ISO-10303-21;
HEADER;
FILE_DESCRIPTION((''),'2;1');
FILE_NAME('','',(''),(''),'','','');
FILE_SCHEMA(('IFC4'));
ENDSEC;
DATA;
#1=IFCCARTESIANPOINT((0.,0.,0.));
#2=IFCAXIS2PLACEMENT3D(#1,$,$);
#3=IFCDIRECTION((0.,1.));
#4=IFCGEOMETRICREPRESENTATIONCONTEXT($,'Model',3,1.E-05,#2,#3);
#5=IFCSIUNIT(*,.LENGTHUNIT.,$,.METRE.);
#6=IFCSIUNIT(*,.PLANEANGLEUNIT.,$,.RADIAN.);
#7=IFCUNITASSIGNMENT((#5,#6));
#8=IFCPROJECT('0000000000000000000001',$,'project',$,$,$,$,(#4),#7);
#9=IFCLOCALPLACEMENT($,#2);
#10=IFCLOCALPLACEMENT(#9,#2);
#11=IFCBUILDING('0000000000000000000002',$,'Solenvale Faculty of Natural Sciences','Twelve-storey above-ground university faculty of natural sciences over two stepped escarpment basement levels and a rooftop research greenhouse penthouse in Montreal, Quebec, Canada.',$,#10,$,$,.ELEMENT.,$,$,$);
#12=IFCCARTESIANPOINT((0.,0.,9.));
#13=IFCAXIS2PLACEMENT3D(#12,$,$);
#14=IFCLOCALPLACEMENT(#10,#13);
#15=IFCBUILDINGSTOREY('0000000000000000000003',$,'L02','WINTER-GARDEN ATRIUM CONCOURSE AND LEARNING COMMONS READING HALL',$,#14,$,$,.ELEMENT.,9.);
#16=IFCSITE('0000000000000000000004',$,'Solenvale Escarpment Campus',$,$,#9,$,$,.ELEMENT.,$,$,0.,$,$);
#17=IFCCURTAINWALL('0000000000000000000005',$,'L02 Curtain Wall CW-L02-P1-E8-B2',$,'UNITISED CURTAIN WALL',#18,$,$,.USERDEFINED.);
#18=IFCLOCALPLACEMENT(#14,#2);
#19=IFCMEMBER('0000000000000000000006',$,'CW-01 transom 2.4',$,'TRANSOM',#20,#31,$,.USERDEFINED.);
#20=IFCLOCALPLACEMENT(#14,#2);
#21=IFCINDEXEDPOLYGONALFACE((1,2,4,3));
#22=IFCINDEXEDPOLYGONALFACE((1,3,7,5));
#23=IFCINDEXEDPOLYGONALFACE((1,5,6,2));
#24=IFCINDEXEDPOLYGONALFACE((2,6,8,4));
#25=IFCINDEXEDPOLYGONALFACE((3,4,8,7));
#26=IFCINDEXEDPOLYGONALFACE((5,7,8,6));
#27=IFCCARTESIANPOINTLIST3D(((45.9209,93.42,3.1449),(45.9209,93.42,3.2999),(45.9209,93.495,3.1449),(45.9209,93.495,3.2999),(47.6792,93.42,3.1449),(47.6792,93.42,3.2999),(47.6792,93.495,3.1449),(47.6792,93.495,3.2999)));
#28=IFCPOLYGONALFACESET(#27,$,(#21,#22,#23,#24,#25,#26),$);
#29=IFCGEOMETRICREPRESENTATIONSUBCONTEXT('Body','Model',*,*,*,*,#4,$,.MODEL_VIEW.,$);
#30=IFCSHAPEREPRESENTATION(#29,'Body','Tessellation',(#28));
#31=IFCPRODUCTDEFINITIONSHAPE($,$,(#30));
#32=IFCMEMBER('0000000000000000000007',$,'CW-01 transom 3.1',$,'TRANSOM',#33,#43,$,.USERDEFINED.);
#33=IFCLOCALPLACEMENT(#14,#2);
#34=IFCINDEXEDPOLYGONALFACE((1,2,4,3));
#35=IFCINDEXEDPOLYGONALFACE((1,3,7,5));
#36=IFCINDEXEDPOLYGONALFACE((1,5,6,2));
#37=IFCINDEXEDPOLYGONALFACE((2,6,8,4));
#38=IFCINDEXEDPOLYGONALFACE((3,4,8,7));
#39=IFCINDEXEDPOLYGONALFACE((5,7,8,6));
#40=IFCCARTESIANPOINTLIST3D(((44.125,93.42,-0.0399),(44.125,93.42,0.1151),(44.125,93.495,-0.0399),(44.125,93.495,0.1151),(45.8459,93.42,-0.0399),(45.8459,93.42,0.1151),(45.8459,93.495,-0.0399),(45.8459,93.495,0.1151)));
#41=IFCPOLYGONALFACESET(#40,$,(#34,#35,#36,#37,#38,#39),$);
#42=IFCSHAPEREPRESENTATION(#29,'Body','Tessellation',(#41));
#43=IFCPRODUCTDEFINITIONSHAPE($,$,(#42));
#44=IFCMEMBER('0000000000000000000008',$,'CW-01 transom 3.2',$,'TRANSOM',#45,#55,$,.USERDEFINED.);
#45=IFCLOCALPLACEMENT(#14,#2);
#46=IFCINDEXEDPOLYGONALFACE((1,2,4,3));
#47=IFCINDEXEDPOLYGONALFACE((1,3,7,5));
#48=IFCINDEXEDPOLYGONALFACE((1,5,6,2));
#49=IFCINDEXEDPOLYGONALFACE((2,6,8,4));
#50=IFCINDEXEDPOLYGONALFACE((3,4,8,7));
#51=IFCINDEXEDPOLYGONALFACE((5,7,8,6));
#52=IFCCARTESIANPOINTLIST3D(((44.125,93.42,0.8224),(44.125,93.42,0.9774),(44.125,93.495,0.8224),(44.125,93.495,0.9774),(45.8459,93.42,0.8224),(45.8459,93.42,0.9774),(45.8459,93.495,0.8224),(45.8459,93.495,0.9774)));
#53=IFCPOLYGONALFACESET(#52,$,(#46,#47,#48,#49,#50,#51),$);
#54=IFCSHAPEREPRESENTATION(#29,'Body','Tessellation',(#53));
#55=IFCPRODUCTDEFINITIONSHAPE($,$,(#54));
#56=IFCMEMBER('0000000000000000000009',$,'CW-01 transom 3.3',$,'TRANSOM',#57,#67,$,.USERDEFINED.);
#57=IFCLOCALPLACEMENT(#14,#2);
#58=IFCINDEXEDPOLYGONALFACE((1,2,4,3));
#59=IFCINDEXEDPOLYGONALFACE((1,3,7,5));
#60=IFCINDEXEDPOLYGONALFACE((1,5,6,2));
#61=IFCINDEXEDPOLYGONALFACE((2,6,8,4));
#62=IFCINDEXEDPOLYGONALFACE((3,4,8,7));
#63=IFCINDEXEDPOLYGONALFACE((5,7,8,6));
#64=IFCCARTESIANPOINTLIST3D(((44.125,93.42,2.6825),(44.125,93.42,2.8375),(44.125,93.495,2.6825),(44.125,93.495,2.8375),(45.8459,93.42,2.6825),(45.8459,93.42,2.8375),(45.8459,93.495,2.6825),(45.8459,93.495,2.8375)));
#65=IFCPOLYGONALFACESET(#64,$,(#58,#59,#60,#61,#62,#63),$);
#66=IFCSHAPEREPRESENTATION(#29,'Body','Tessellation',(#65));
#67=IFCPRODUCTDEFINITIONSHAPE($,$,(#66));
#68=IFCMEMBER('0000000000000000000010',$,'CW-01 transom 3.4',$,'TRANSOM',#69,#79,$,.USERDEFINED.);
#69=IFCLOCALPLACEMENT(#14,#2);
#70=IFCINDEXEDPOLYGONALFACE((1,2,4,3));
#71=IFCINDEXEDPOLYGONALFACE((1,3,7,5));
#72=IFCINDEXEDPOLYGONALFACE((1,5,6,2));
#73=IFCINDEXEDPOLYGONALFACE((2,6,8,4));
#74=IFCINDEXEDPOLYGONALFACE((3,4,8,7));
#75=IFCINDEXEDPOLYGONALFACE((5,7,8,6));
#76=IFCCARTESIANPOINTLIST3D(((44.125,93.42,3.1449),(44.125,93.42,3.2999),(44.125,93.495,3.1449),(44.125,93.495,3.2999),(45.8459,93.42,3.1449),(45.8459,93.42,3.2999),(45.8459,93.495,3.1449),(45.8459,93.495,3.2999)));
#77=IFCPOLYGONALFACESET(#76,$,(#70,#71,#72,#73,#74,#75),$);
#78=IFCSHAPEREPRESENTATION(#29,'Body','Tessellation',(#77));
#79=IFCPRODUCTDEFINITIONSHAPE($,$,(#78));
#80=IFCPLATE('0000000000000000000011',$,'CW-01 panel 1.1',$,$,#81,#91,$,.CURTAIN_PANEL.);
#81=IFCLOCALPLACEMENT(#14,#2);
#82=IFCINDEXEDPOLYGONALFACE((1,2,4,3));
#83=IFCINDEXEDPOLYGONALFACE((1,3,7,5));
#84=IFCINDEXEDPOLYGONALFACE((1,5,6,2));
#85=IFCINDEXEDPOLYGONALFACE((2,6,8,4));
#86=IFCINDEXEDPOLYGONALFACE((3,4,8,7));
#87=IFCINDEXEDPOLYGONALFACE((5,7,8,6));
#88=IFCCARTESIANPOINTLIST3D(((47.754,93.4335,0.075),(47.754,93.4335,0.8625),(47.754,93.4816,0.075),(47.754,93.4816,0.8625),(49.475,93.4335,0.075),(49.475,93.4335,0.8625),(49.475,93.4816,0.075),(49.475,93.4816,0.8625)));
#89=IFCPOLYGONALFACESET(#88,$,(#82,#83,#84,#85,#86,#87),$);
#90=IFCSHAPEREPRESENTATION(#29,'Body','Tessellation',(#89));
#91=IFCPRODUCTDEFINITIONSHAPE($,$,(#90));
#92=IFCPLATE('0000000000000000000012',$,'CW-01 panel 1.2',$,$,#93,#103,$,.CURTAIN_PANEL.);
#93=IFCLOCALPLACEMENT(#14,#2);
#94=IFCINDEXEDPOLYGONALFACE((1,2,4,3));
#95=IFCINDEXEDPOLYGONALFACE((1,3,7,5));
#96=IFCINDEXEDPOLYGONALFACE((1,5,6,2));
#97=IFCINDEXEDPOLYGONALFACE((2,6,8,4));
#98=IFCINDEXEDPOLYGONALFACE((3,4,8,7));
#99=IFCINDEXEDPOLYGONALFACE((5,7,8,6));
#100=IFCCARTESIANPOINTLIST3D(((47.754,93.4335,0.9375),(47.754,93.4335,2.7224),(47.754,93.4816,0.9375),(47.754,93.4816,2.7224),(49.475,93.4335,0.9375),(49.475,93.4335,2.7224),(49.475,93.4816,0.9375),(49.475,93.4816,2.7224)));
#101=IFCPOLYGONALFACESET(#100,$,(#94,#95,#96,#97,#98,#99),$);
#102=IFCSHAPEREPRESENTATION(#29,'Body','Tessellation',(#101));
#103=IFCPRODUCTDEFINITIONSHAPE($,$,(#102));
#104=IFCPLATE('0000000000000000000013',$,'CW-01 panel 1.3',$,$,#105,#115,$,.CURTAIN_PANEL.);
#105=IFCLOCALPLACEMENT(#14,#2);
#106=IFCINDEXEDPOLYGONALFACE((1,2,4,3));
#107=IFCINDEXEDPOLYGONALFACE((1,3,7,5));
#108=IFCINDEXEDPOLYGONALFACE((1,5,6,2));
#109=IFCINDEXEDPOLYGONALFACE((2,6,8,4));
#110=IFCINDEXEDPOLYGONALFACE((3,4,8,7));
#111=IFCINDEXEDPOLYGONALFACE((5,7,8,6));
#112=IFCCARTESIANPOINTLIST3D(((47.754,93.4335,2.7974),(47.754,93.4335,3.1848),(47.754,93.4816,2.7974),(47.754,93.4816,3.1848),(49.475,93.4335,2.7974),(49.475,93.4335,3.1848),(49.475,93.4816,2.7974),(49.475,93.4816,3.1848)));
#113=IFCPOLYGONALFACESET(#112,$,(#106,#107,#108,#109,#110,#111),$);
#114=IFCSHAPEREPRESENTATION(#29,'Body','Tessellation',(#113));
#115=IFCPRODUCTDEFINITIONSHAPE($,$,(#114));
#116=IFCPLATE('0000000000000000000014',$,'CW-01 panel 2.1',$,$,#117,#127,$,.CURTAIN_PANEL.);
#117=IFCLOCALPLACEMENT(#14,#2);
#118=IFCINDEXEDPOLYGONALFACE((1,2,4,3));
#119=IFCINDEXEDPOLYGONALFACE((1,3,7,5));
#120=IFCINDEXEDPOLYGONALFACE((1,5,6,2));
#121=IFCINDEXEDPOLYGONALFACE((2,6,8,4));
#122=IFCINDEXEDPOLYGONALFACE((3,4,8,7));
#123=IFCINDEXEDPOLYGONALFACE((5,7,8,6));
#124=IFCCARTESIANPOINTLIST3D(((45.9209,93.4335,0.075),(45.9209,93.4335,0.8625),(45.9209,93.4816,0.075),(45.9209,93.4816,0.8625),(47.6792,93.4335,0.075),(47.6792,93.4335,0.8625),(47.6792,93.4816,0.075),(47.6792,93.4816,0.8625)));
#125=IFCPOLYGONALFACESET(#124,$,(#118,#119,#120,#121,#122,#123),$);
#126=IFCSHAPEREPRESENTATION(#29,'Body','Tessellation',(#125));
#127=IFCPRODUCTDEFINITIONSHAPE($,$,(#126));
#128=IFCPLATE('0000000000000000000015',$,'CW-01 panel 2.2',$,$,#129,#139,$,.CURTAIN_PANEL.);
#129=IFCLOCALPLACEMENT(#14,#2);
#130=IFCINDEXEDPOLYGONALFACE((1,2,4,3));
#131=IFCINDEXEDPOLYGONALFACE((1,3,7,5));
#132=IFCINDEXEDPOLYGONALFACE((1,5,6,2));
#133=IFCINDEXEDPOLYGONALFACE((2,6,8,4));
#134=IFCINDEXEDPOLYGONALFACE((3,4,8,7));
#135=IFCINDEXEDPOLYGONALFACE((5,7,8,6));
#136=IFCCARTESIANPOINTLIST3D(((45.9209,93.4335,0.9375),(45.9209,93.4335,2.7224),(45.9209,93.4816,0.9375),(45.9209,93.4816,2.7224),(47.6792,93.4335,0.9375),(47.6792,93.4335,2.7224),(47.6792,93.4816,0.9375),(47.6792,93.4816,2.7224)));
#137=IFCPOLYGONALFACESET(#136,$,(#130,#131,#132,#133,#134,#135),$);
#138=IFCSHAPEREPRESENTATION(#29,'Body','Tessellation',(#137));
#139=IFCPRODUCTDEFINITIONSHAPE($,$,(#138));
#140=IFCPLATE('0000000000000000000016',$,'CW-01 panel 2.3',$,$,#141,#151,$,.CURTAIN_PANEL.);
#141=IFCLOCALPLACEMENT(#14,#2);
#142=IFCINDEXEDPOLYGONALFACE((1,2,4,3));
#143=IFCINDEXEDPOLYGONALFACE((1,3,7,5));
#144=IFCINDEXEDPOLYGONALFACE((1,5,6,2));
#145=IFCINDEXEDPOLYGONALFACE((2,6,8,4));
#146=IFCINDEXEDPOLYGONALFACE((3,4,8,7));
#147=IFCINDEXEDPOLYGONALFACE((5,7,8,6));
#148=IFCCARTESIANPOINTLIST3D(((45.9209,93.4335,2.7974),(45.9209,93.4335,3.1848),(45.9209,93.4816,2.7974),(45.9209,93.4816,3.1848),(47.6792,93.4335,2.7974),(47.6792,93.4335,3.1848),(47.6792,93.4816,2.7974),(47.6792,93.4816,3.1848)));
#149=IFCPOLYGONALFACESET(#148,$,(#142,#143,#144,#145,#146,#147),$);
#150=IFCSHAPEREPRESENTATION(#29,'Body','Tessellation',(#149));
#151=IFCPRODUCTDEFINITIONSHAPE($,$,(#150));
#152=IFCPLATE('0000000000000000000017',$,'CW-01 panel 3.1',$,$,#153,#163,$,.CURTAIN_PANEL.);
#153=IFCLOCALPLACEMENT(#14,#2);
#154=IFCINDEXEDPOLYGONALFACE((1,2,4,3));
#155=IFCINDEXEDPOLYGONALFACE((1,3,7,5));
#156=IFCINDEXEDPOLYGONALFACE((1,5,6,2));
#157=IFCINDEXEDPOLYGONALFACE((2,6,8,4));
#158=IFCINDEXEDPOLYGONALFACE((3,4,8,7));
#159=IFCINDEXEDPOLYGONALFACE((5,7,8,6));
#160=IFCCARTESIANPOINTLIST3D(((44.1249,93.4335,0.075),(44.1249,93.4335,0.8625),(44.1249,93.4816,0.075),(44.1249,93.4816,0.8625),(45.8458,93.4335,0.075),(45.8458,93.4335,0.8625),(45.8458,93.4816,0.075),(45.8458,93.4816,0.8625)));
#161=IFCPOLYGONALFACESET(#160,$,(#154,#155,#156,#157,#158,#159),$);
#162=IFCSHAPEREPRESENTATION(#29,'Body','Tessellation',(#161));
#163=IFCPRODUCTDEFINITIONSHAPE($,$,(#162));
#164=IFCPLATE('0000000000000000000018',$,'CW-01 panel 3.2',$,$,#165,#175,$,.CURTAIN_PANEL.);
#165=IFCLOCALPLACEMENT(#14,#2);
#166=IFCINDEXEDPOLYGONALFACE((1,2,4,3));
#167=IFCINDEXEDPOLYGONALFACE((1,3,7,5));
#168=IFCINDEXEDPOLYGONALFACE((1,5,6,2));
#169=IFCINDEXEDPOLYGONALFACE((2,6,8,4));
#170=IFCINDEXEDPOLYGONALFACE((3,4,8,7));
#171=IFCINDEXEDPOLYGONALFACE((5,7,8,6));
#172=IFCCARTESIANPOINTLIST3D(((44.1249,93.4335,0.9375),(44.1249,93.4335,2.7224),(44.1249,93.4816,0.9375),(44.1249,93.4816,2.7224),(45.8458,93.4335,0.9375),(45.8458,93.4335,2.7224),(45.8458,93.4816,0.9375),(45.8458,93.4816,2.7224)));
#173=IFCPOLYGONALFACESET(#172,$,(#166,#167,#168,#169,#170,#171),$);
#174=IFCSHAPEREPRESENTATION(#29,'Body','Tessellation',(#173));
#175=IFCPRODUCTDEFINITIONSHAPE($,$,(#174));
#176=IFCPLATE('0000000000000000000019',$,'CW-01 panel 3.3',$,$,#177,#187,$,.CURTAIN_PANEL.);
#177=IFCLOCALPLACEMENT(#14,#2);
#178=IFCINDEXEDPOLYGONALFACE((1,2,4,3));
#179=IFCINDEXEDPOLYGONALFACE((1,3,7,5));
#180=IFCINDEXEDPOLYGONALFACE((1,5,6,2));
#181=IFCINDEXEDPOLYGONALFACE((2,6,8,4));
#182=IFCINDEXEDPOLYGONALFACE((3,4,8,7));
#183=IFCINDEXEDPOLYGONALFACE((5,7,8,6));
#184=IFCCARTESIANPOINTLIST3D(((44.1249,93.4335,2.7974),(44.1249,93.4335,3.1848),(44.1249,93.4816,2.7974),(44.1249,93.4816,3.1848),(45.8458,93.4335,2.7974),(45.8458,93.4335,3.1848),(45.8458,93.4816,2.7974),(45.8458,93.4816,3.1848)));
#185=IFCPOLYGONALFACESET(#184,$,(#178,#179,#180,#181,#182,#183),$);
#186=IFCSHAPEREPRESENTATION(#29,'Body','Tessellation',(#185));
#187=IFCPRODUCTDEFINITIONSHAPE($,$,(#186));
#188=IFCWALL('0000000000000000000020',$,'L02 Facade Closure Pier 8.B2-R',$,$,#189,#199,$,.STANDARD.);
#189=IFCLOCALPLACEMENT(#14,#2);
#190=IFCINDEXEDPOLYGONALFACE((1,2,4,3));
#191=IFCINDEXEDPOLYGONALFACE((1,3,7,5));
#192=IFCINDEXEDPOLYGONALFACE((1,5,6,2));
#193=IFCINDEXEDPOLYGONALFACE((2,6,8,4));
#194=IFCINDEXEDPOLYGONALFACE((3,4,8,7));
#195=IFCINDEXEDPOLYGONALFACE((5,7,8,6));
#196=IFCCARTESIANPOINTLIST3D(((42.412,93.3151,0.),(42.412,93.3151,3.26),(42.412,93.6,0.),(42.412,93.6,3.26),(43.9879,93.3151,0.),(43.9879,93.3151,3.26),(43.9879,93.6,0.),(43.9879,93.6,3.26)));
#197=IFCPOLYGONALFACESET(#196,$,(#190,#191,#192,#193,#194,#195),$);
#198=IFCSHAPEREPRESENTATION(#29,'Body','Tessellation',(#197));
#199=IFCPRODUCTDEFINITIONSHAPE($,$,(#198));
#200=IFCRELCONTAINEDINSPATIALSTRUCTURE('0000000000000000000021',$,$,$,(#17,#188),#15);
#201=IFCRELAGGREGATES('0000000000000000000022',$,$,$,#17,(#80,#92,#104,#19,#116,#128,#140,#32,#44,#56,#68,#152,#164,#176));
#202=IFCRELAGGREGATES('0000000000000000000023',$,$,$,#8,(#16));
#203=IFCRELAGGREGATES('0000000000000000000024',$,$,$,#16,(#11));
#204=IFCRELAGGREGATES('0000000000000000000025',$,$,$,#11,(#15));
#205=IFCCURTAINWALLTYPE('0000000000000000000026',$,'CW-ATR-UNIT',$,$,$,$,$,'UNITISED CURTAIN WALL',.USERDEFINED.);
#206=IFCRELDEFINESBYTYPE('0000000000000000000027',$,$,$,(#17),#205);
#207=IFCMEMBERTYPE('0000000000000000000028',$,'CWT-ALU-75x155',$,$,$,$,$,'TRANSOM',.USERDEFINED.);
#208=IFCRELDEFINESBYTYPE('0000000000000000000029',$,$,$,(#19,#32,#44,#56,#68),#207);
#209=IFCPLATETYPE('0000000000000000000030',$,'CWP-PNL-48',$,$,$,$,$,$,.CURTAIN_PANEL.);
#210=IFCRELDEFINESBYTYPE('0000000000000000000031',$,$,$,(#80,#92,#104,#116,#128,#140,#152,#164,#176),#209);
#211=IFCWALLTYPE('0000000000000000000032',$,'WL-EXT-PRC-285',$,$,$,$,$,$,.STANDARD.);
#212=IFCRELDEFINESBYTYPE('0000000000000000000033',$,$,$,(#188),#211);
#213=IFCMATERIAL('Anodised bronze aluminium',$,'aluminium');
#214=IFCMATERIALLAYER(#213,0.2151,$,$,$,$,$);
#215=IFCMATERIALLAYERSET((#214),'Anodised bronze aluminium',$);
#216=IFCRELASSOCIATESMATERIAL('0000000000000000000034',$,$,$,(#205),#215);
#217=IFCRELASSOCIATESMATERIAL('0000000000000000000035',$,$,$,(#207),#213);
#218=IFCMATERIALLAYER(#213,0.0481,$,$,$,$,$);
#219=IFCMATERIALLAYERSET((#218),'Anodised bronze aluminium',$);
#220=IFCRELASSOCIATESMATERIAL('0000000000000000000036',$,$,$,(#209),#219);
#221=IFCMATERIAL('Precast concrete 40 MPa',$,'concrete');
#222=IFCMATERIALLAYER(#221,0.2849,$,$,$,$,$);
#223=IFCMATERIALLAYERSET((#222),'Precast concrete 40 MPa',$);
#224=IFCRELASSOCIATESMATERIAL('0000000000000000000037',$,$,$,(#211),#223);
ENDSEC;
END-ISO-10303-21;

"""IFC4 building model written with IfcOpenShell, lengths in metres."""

from ifc_helpers import new_model, si_unit, direction, frame, frame_2d, origin, origin_2d, place, context, subcontext, project, spatial, rectangle, extrude, material, layer, layer_set, material_profile, profile_set, type_object, element, aggregate, save


model = new_model("IFC4")

# Units and contexts
model_context = context("Model", 3, precision=1e-05, world=origin(), true_north=direction((0.0, 1.0)))
body_context = subcontext(model_context, "Body", "Model", "MODEL_VIEW")
ifc_project = project(units=[si_unit("LENGTHUNIT", "METRE"), si_unit("PLANEANGLEUNIT", "RADIAN")], contexts=[model_context])

# Site, building, storey
site_placement = place(None, origin())
site = spatial("IfcSite", under=ifc_project, at=site_placement, Name="Solenvale Escarpment Campus", CompositionType="ELEMENT", RefElevation=0.0)
building_placement = place(site_placement, origin())
building = spatial("IfcBuilding", under=site, at=building_placement, Name="Solenvale Faculty of Natural Sciences", Description="Twelve-storey above-ground university faculty of natural sciences over two stepped escarpment basement levels and a rooftop research greenhouse penthouse in Montreal, Quebec, Canada.", CompositionType="ELEMENT")
storey_placement = place(building_placement, frame((0.0, 0.0, 9.0)))
storey = spatial("IfcBuildingStorey", under=building, at=storey_placement, Name="L02", Description="WINTER-GARDEN ATRIUM CONCOURSE AND LEARNING COMMONS READING HALL", CompositionType="ELEMENT", Elevation=9.0)

# Curtain wall
ifc_material_1 = material(Name="Anodised bronze aluminium", Category="aluminium")
ifc_layer_1 = layer(ifc_material_1, 0.2151)
ifc_layer_set_1 = layer_set([ifc_layer_1], Name="Anodised bronze aluminium")
curtain_wall_type = type_object("IfcCurtainWallType", Name="CW-ATR-UNIT", ElementType="UNITISED CURTAIN WALL", PredefinedType="USERDEFINED", material=ifc_layer_set_1)
curtain_wall_1_placement = place(storey_placement, origin())
curtain_wall_1 = element("IfcCurtainWall", 1, at=curtain_wall_1_placement, inside=storey, type_object=curtain_wall_type, Name="L02 Curtain Wall CW-L02-P1-E8-B2", ObjectType="UNITISED CURTAIN WALL", PredefinedType="USERDEFINED")

# Members
ifc_material_profile_1 = material_profile(ifc_material_1, rectangle(XDim=0.075, YDim=0.155, at=origin_2d()), Name="ALU-TRN-75x155")
ifc_profile_set_1 = profile_set([ifc_material_profile_1], Name="Anodised bronze aluminium")
member_type_1 = type_object("IfcMemberType", Name="CWT-ALU-75x155", ElementType="TRANSOM", PredefinedType="USERDEFINED", material=ifc_profile_set_1)
member_1_placement = place(storey_placement, frame((47.6792, 93.4575, 3.2224), z_axis=(-1.0, 0.0, 0.0), x_axis=(0.0, -1.0, 0.0)))
member_1 = element("IfcMember", 2, at=member_1_placement, type_object=member_type_1, Name="CW-01 transom 2.4", ObjectType="TRANSOM", PredefinedType="USERDEFINED", context=body_context, shape_type="SweptSolid", body=[
    extrude(rectangle(XDim=0.075, YDim=0.155, at=origin_2d()), origin(), (0.0, 0.0, 1.0), 1.7583),
])
member_2_placement = place(storey_placement, frame((45.8459, 93.4575, 0.0376), z_axis=(-1.0, 0.0, 0.0), x_axis=(0.0, -1.0, 0.0)))
member_2 = element("IfcMember", 3, at=member_2_placement, type_object=member_type_1, Name="CW-01 transom 3.1", ObjectType="TRANSOM", PredefinedType="USERDEFINED", context=body_context, shape_type="SweptSolid", body=[
    extrude(rectangle(XDim=0.075, YDim=0.155, at=origin_2d()), origin(), (0.0, 0.0, 1.0), 1.7209),
])
member_3_placement = place(storey_placement, frame((45.8459, 93.4575, 0.8999), z_axis=(-1.0, 0.0, 0.0), x_axis=(0.0, -1.0, 0.0)))
member_3 = element("IfcMember", 4, at=member_3_placement, type_object=member_type_1, Name="CW-01 transom 3.2", ObjectType="TRANSOM", PredefinedType="USERDEFINED", context=body_context, shape_type="SweptSolid", body=[
    extrude(rectangle(XDim=0.075, YDim=0.155, at=origin_2d()), origin(), (0.0, 0.0, 1.0), 1.7209),
])
member_4_placement = place(storey_placement, frame((45.8459, 93.4575, 2.76), z_axis=(-1.0, 0.0, 0.0), x_axis=(0.0, -1.0, 0.0)))
member_4 = element("IfcMember", 5, at=member_4_placement, type_object=member_type_1, Name="CW-01 transom 3.3", ObjectType="TRANSOM", PredefinedType="USERDEFINED", context=body_context, shape_type="SweptSolid", body=[
    extrude(rectangle(XDim=0.075, YDim=0.155, at=origin_2d()), origin(), (0.0, 0.0, 1.0), 1.7209),
])
member_5_placement = place(storey_placement, frame((45.8459, 93.4575, 3.2224), z_axis=(-1.0, 0.0, 0.0), x_axis=(0.0, -1.0, 0.0)))
member_5 = element("IfcMember", 6, at=member_5_placement, type_object=member_type_1, Name="CW-01 transom 3.4", ObjectType="TRANSOM", PredefinedType="USERDEFINED", context=body_context, shape_type="SweptSolid", body=[
    extrude(rectangle(XDim=0.075, YDim=0.155, at=origin_2d()), origin(), (0.0, 0.0, 1.0), 1.7209),
])

# Plates
ifc_layer_2 = layer(ifc_material_1, 0.0481)
ifc_layer_set_2 = layer_set([ifc_layer_2], Name="Anodised bronze aluminium")
plate_type = type_object("IfcPlateType", Name="CWP-PNL-48", PredefinedType="CURTAIN_PANEL", material=ifc_layer_set_2)
plate_1_placement = place(storey_placement, frame((48.6145, 93.4575, 0.075), z_axis=(0.0, 0.0, 1.0), x_axis=(-1.0, 0.0, 0.0)))
plate_1 = element("IfcPlate", 7, at=plate_1_placement, type_object=plate_type, Name="CW-01 panel 1.1", PredefinedType="CURTAIN_PANEL", context=body_context, shape_type="SweptSolid", body=[
    extrude(rectangle(XDim=1.7209, YDim=0.0481, at=origin_2d()), origin(), (0.0, 0.0, 1.0), 0.7876),
])
plate_2_placement = place(storey_placement, frame((48.6145, 93.4575, 0.9375), z_axis=(0.0, 0.0, 1.0), x_axis=(-1.0, 0.0, 0.0)))
plate_2 = element("IfcPlate", 8, at=plate_2_placement, type_object=plate_type, Name="CW-01 panel 1.2", PredefinedType="CURTAIN_PANEL", context=body_context, shape_type="SweptSolid", body=[
    extrude(rectangle(XDim=1.7209, YDim=0.0481, at=origin_2d()), origin(), (0.0, 0.0, 1.0), 1.7849),
])
plate_3_placement = place(storey_placement, frame((48.6145, 93.4575, 2.7974), z_axis=(0.0, 0.0, 1.0), x_axis=(-1.0, 0.0, 0.0)))
plate_3 = element("IfcPlate", 9, at=plate_3_placement, type_object=plate_type, Name="CW-01 panel 1.3", PredefinedType="CURTAIN_PANEL", context=body_context, shape_type="SweptSolid", body=[
    extrude(rectangle(XDim=1.7209, YDim=0.0481, at=origin_2d()), origin(), (0.0, 0.0, 1.0), 0.3875),
])
plate_4_placement = place(storey_placement, frame((46.8, 93.4575, 0.075), z_axis=(0.0, 0.0, 1.0), x_axis=(-1.0, 0.0, 0.0)))
plate_4 = element("IfcPlate", 10, at=plate_4_placement, type_object=plate_type, Name="CW-01 panel 2.1", PredefinedType="CURTAIN_PANEL", context=body_context, shape_type="SweptSolid", body=[
    extrude(rectangle(XDim=1.7583, YDim=0.0481, at=origin_2d()), origin(), (0.0, 0.0, 1.0), 0.7876),
])
plate_5_placement = place(storey_placement, frame((46.8, 93.4575, 0.9375), z_axis=(0.0, 0.0, 1.0), x_axis=(-1.0, 0.0, 0.0)))
plate_5 = element("IfcPlate", 11, at=plate_5_placement, type_object=plate_type, Name="CW-01 panel 2.2", PredefinedType="CURTAIN_PANEL", context=body_context, shape_type="SweptSolid", body=[
    extrude(rectangle(XDim=1.7583, YDim=0.0481, at=origin_2d()), origin(), (0.0, 0.0, 1.0), 1.7849),
])
plate_6_placement = place(storey_placement, frame((46.8, 93.4575, 2.7974), z_axis=(0.0, 0.0, 1.0), x_axis=(-1.0, 0.0, 0.0)))
plate_6 = element("IfcPlate", 12, at=plate_6_placement, type_object=plate_type, Name="CW-01 panel 2.3", PredefinedType="CURTAIN_PANEL", context=body_context, shape_type="SweptSolid", body=[
    extrude(rectangle(XDim=1.7583, YDim=0.0481, at=origin_2d()), origin(), (0.0, 0.0, 1.0), 0.3875),
])
plate_7_placement = place(storey_placement, frame((44.9854, 93.4575, 0.075), z_axis=(0.0, 0.0, 1.0), x_axis=(-1.0, 0.0, 0.0)))
plate_7 = element("IfcPlate", 13, at=plate_7_placement, type_object=plate_type, Name="CW-01 panel 3.1", PredefinedType="CURTAIN_PANEL", context=body_context, shape_type="SweptSolid", body=[
    extrude(rectangle(XDim=1.7209, YDim=0.0481, at=origin_2d()), origin(), (0.0, 0.0, 1.0), 0.7876),
])
plate_8_placement = place(storey_placement, frame((44.9854, 93.4575, 0.9375), z_axis=(0.0, 0.0, 1.0), x_axis=(-1.0, 0.0, 0.0)))
plate_8 = element("IfcPlate", 14, at=plate_8_placement, type_object=plate_type, Name="CW-01 panel 3.2", PredefinedType="CURTAIN_PANEL", context=body_context, shape_type="SweptSolid", body=[
    extrude(rectangle(XDim=1.7209, YDim=0.0481, at=origin_2d()), origin(), (0.0, 0.0, 1.0), 1.7849),
])
plate_9_placement = place(storey_placement, frame((44.9854, 93.4575, 2.7974), z_axis=(0.0, 0.0, 1.0), x_axis=(-1.0, 0.0, 0.0)))
plate_9 = element("IfcPlate", 15, at=plate_9_placement, type_object=plate_type, Name="CW-01 panel 3.3", PredefinedType="CURTAIN_PANEL", context=body_context, shape_type="SweptSolid", body=[
    extrude(rectangle(XDim=1.7209, YDim=0.0481, at=origin_2d()), origin(), (0.0, 0.0, 1.0), 0.3875),
])
aggregate(curtain_wall_1, [plate_1, plate_2, plate_3, member_1, plate_4, plate_5, plate_6, member_2, member_3, member_4, member_5, plate_7, plate_8, plate_9])

# Wall
ifc_material_2 = material(Name="Precast concrete 40 MPa", Category="concrete")
ifc_layer_3 = layer(ifc_material_2, 0.2849)
ifc_layer_set_3 = layer_set([ifc_layer_3], Name="Precast concrete 40 MPa")
wall_type = type_object("IfcWallType", Name="WL-EXT-PRC-285", PredefinedType="STANDARD", material=ifc_layer_set_3)
wall_placement = place(storey_placement, frame((43.988, 93.4575, 0.0), z_axis=(0.0, 0.0, 1.0), x_axis=(-1.0, 0.0, 0.0)))
element("IfcWall", 16, at=wall_placement, inside=storey, type_object=wall_type, Name="L02 Facade Closure Pier 8.B2-R", PredefinedType="STANDARD", context=body_context, shape_type="SweptSolid", body=[
    extrude(rectangle(XDim=1.5759, YDim=0.2849, at=frame_2d((0.7881, 0.0))), origin(), (0.0, 0.0, 1.0), 3.26),
])

save(model, "model.ifc")
